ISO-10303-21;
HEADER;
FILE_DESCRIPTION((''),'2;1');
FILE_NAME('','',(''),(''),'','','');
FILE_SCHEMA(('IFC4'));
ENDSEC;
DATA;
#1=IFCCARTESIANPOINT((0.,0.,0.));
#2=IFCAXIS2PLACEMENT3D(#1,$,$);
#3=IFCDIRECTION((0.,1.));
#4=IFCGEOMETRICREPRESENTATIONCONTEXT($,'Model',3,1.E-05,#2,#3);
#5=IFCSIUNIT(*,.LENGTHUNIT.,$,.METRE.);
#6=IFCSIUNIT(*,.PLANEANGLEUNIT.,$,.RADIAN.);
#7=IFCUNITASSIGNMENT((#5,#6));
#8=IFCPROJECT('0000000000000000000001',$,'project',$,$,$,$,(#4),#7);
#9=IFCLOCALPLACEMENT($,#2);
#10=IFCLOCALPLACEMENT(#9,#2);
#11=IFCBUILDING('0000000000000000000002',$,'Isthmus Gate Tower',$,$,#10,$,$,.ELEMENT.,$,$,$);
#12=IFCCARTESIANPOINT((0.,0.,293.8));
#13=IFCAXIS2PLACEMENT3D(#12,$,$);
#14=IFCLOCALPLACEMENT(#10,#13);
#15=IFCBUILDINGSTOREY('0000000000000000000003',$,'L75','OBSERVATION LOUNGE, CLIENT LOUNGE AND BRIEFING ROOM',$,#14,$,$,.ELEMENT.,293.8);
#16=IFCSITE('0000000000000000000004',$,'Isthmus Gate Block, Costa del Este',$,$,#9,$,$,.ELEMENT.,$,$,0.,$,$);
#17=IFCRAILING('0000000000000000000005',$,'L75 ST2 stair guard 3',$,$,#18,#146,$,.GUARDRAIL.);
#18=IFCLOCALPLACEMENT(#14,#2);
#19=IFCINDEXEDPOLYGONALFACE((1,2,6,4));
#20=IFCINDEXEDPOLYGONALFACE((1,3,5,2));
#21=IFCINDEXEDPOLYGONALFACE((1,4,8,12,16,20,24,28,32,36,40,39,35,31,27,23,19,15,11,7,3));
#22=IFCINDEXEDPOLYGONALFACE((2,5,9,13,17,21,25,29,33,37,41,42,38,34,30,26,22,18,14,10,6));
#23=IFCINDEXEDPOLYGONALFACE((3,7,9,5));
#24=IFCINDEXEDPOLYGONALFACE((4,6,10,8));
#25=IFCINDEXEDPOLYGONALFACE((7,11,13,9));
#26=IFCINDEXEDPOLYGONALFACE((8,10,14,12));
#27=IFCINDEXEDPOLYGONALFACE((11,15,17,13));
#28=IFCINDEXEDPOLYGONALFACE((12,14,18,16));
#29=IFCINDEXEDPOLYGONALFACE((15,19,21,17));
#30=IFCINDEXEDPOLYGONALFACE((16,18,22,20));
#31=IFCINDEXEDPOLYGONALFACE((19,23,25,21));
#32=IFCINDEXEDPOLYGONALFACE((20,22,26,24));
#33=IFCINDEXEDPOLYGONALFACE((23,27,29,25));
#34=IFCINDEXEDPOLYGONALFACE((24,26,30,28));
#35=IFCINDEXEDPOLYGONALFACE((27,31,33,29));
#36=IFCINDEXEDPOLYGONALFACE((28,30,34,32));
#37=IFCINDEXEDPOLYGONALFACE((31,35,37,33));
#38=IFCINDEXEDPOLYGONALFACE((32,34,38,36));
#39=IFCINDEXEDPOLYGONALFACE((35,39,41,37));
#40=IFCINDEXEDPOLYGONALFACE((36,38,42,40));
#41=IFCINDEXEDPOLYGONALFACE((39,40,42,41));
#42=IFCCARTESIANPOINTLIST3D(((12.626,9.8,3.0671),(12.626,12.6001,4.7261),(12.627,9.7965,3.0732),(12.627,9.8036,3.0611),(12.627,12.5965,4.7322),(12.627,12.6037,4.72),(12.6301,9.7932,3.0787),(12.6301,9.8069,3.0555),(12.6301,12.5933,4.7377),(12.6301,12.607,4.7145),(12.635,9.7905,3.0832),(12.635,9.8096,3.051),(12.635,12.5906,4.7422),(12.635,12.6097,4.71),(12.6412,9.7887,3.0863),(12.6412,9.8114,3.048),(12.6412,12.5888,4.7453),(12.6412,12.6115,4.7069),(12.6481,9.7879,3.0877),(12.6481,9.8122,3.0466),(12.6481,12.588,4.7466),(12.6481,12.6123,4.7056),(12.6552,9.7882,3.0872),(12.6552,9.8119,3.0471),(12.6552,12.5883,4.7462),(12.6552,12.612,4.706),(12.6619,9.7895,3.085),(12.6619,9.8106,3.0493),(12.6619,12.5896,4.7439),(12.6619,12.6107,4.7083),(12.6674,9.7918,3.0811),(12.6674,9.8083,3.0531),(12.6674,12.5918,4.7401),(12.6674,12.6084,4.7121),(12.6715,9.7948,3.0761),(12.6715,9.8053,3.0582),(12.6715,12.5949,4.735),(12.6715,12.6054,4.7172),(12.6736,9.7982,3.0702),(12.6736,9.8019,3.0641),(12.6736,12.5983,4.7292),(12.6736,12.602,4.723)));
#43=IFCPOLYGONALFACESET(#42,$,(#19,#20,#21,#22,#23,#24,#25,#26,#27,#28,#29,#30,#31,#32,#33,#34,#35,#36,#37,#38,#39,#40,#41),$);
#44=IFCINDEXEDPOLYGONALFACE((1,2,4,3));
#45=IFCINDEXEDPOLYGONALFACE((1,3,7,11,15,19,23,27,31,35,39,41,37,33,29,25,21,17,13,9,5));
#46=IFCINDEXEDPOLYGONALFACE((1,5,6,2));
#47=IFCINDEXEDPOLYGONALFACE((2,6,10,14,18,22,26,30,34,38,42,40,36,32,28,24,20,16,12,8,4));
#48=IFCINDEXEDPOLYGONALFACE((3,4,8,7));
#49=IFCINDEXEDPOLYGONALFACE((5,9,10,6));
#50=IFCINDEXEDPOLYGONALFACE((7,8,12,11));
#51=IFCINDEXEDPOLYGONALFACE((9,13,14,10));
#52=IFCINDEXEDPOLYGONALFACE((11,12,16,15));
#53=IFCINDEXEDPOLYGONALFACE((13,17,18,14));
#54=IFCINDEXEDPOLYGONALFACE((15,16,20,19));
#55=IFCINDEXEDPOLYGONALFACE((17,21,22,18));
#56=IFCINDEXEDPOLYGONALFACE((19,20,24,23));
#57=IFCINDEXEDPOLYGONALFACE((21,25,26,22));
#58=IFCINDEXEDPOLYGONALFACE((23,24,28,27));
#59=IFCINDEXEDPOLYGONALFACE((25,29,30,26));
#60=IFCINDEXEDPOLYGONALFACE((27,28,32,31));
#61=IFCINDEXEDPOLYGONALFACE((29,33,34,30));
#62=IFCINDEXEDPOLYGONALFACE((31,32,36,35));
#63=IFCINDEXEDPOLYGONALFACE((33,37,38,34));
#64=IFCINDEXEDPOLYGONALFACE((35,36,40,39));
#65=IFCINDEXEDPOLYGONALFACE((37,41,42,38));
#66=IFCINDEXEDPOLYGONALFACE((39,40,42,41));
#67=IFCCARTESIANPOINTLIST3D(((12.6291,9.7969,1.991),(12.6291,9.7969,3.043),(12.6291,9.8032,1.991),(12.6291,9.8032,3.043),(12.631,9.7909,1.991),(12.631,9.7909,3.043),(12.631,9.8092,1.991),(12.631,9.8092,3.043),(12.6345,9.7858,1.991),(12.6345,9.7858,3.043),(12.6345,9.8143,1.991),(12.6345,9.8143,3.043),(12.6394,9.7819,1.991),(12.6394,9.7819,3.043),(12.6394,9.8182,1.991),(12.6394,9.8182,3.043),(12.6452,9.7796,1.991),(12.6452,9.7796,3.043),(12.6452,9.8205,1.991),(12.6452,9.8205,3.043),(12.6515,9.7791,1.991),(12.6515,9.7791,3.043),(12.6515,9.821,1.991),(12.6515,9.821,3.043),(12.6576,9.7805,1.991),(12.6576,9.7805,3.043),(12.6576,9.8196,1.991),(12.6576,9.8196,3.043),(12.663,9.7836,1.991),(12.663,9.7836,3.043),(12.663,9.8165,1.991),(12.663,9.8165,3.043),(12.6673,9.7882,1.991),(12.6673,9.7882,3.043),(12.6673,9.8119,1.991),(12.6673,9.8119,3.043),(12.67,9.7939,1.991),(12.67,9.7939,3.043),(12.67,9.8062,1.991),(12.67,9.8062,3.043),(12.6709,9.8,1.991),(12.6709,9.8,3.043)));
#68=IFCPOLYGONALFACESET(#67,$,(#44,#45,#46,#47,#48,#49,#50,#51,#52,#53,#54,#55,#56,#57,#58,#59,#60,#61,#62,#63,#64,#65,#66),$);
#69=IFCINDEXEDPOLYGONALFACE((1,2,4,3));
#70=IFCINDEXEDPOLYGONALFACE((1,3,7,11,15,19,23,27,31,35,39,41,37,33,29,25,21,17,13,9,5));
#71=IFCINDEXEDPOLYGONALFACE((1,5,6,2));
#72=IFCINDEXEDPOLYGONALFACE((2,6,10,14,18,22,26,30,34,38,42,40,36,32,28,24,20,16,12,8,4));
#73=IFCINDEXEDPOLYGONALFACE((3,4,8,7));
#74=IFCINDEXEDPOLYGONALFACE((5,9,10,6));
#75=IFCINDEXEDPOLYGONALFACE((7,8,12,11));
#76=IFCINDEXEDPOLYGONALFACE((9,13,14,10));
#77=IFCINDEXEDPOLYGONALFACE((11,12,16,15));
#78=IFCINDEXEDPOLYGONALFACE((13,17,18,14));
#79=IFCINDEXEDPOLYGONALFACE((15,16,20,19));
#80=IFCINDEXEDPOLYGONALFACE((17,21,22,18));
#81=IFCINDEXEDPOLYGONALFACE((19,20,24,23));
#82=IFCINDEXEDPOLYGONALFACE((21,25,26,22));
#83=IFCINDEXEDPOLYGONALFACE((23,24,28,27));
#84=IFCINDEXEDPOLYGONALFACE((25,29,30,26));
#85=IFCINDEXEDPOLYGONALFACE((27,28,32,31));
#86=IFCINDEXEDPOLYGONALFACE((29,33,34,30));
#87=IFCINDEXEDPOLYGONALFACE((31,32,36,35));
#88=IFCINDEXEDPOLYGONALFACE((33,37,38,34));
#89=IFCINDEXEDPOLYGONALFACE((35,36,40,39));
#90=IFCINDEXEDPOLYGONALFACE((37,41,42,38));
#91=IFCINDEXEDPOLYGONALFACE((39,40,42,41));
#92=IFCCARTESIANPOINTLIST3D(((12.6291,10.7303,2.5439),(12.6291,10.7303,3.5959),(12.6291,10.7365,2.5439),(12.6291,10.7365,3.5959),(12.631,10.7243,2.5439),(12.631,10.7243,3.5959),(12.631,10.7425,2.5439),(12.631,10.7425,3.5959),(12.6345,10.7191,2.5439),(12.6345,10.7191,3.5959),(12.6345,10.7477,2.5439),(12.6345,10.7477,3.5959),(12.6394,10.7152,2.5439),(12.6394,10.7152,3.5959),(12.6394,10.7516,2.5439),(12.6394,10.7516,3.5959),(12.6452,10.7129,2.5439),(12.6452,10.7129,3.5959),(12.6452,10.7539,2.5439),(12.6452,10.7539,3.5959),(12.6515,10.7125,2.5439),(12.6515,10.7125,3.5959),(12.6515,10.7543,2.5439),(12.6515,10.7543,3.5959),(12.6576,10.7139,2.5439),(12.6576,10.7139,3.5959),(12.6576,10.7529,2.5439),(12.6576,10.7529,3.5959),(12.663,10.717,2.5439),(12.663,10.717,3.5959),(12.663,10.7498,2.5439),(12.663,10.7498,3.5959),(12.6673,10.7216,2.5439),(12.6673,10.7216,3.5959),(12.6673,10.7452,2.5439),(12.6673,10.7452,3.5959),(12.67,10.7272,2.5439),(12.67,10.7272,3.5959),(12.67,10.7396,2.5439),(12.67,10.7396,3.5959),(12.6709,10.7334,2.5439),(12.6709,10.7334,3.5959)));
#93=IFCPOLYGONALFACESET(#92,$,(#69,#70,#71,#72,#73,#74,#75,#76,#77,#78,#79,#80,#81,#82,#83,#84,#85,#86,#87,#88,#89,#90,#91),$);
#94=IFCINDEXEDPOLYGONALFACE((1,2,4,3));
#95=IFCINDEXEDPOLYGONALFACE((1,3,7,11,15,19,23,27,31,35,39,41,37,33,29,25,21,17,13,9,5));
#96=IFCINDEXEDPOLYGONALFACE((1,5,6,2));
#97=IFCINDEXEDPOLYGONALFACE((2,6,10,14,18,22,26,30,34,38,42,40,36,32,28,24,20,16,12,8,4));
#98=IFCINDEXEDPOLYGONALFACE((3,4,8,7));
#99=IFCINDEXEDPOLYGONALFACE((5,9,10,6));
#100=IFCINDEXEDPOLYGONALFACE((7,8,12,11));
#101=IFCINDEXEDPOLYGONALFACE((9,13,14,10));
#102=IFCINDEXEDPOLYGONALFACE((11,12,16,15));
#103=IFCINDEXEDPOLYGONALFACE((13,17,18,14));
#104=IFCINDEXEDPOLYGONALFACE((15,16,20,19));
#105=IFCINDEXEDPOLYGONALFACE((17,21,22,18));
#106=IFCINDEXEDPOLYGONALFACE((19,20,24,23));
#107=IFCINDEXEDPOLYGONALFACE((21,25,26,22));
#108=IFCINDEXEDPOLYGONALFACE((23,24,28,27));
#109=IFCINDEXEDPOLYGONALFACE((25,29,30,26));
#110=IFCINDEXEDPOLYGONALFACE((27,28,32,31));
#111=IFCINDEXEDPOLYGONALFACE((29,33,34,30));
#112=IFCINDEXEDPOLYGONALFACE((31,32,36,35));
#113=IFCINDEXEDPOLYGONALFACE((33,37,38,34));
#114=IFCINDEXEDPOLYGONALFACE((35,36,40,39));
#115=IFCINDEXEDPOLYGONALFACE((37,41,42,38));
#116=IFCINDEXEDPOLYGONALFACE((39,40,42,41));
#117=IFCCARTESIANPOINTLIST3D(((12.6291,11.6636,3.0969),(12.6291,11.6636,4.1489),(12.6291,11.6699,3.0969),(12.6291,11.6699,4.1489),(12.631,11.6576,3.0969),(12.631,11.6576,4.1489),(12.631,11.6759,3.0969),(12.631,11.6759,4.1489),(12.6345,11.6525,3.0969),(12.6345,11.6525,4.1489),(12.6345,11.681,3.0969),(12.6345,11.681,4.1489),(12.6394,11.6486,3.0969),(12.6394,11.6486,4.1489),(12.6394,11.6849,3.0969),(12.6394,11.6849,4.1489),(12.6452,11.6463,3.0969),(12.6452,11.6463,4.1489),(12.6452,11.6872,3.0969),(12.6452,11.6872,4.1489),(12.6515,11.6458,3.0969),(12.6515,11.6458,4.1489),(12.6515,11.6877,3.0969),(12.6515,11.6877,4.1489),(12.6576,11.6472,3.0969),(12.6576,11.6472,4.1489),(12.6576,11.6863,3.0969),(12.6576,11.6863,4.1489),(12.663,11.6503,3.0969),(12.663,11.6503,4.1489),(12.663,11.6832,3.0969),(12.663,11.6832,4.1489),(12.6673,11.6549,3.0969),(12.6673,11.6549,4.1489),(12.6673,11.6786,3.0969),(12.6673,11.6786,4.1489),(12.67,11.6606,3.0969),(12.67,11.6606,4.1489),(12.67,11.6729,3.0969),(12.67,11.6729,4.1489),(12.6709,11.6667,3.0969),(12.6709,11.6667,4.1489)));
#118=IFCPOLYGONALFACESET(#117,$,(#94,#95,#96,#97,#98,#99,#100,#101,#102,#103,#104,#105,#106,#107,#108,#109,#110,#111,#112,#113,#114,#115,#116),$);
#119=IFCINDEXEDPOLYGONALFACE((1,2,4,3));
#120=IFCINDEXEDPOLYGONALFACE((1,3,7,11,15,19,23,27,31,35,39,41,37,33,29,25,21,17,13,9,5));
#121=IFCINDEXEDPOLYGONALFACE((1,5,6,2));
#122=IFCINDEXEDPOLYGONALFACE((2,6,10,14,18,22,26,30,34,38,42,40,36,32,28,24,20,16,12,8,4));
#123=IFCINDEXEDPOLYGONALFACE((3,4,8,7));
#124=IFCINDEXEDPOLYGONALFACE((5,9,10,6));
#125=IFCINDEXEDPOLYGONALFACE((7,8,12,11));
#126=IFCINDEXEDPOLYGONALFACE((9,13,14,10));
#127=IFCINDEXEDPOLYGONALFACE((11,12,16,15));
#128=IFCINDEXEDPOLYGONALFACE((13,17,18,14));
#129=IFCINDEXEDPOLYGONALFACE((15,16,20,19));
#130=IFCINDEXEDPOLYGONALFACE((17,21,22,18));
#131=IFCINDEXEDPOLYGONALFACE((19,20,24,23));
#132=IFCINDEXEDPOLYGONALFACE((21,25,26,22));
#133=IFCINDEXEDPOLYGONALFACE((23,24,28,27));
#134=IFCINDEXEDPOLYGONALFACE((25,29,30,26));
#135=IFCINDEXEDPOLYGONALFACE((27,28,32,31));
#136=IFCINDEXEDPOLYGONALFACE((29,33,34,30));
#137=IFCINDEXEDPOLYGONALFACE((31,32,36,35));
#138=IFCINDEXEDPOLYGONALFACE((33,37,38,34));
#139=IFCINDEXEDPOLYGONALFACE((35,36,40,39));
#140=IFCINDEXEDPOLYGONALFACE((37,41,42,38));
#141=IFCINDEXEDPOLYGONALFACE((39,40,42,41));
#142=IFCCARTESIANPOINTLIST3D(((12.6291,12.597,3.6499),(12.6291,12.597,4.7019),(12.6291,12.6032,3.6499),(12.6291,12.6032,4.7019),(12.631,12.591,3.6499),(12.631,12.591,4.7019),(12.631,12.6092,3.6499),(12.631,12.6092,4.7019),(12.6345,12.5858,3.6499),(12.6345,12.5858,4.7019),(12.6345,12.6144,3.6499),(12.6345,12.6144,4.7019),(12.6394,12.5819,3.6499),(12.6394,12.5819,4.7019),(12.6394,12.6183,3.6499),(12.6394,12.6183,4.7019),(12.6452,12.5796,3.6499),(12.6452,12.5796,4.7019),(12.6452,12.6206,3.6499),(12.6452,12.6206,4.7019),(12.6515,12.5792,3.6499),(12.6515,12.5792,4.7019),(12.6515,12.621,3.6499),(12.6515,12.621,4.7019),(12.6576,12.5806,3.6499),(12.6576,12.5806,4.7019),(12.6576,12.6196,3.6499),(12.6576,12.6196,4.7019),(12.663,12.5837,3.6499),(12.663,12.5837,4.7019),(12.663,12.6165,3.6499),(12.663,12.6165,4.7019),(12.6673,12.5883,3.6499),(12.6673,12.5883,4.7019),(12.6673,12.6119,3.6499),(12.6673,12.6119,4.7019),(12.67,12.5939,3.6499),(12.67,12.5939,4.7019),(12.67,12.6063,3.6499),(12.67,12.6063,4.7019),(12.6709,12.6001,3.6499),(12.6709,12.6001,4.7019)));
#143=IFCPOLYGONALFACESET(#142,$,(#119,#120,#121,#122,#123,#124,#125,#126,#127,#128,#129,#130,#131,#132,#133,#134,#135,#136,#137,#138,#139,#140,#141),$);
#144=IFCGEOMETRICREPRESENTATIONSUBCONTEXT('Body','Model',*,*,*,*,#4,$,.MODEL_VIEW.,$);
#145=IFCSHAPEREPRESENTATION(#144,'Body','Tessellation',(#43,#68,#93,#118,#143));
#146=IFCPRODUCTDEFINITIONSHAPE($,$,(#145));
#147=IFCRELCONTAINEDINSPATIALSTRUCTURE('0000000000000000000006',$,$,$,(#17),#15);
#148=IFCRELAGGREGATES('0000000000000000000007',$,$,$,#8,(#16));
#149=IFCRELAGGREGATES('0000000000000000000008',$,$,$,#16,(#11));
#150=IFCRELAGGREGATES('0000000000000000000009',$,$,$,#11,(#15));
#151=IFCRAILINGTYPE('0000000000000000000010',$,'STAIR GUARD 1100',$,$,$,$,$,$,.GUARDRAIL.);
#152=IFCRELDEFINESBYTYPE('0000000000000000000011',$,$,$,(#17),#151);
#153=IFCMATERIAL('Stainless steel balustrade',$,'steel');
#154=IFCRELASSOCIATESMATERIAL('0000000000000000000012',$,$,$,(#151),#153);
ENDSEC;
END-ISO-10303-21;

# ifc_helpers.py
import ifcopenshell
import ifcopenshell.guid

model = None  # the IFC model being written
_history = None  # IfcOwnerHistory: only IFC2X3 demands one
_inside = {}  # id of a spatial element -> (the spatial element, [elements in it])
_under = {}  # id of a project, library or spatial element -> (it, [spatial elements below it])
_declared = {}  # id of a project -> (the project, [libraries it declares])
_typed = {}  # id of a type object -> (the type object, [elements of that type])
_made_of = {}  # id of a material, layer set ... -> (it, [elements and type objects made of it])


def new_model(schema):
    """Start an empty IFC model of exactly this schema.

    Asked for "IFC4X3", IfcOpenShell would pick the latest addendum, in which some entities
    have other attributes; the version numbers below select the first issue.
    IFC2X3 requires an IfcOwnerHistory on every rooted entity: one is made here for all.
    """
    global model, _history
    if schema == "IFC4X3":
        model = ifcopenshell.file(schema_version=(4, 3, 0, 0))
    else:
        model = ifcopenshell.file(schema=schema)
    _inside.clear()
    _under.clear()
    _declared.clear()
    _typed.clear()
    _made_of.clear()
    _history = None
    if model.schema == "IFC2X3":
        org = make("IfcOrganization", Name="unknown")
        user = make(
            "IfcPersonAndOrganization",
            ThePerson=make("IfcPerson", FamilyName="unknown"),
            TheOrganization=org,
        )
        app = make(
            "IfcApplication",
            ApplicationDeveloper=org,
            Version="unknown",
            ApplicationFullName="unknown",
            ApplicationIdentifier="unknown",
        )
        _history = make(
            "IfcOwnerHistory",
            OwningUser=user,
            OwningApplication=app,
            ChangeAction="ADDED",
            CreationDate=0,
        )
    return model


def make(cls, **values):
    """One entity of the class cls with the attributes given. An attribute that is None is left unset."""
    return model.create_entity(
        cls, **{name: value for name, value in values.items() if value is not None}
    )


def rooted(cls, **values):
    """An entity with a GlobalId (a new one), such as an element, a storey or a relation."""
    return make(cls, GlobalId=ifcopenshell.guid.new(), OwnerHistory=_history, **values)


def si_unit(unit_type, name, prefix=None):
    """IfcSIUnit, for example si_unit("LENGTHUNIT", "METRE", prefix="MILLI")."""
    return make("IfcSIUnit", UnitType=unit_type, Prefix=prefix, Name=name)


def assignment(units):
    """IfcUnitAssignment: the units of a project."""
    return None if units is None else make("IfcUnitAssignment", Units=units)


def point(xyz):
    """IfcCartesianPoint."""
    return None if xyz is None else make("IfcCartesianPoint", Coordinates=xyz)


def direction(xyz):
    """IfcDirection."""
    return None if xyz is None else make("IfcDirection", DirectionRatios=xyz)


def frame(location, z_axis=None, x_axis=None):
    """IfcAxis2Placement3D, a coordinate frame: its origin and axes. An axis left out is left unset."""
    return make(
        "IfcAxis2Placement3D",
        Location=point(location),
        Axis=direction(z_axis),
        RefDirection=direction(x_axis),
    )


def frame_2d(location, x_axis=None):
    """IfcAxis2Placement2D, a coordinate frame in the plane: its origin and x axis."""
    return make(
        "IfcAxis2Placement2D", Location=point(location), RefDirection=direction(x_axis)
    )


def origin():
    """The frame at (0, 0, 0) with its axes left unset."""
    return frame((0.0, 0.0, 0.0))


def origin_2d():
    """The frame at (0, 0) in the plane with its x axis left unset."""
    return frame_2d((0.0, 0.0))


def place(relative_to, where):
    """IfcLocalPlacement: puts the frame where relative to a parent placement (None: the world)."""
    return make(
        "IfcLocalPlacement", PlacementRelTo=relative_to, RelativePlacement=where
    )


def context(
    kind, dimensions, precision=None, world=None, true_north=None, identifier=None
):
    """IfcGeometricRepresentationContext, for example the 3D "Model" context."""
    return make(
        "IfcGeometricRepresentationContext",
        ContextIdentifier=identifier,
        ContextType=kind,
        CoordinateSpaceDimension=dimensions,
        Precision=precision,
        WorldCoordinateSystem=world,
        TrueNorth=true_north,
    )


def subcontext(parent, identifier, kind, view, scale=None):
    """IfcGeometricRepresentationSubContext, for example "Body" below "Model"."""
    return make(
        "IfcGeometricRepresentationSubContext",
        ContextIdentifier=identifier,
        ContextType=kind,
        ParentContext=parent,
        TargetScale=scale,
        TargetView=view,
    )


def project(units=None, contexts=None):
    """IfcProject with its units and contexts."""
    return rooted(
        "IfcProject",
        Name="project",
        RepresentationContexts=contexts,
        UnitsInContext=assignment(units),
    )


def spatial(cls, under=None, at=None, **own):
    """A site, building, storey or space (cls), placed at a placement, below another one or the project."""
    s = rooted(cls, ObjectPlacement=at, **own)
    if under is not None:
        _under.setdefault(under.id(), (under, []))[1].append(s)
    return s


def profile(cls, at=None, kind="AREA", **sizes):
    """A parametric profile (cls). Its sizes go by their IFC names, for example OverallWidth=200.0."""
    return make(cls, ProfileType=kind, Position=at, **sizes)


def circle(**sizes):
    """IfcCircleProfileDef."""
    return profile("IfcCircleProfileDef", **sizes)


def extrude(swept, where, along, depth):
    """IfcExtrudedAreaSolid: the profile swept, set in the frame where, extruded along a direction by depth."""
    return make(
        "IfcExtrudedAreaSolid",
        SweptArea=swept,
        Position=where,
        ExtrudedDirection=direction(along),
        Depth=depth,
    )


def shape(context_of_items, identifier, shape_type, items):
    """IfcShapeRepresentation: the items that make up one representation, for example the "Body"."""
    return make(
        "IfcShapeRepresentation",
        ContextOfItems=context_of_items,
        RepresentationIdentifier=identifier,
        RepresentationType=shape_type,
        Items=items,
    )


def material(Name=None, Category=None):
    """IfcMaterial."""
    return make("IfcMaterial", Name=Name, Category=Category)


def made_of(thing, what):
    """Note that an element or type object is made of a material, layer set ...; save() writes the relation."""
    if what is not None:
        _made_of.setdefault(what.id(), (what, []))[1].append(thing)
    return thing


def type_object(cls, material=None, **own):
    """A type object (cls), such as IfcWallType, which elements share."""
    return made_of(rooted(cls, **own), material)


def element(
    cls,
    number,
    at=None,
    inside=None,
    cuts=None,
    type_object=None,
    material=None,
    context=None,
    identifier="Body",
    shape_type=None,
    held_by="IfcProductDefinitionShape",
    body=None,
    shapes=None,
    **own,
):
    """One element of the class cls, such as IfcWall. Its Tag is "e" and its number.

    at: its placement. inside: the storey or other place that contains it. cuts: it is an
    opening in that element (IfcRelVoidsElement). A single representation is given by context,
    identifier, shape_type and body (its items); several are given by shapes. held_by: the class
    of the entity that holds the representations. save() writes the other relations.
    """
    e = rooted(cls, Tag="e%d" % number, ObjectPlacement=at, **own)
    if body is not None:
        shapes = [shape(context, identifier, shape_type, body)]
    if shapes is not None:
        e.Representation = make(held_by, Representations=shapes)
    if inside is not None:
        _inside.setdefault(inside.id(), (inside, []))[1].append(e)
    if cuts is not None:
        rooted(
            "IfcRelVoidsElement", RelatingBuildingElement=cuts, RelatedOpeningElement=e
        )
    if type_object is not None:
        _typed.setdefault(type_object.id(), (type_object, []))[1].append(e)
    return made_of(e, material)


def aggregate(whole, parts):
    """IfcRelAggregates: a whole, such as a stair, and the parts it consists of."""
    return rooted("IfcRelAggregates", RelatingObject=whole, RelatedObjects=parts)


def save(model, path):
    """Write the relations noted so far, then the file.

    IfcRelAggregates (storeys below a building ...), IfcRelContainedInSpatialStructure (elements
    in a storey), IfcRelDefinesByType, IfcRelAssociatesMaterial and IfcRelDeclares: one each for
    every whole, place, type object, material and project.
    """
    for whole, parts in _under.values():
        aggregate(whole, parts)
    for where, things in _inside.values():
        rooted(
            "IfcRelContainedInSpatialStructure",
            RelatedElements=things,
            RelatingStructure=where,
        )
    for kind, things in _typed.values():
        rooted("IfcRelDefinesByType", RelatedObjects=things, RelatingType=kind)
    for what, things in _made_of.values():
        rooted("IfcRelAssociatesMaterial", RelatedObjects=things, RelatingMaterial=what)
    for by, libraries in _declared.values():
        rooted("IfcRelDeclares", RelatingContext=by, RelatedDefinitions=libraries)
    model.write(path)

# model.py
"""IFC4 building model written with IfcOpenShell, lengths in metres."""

from ifc_helpers import new_model, si_unit, direction, frame, origin, origin_2d, place, context, subcontext, project, spatial, circle, extrude, material, type_object, element, save


model = new_model("IFC4")

# Units and contexts
model_context = context("Model", 3, precision=1e-05, world=origin(), true_north=direction((0.0, 1.0)))
body_context = subcontext(model_context, "Body", "Model", "MODEL_VIEW")
ifc_project = project(units=[si_unit("LENGTHUNIT", "METRE"), si_unit("PLANEANGLEUNIT", "RADIAN")], contexts=[model_context])

# Site, building, storey
site_placement = place(None, origin())
site = spatial("IfcSite", under=ifc_project, at=site_placement, Name="Isthmus Gate Block, Costa del Este", CompositionType="ELEMENT", RefElevation=0.0)
building_placement = place(site_placement, origin())
building = spatial("IfcBuilding", under=site, at=building_placement, Name="Isthmus Gate Tower", CompositionType="ELEMENT")
storey_placement = place(building_placement, frame((0.0, 0.0, 293.8)))
storey = spatial("IfcBuildingStorey", under=building, at=storey_placement, Name="L75", Description="OBSERVATION LOUNGE, CLIENT LOUNGE AND BRIEFING ROOM", CompositionType="ELEMENT", Elevation=293.8)

# Railing
ifc_material_1 = material(Name="Stainless steel balustrade", Category="steel")
railing_type_1 = type_object("IfcRailingType", Name="STAIR GUARD 1100", PredefinedType="GUARDRAIL", material=ifc_material_1)
railing_1_placement = place(storey_placement, frame((12.6499, 9.8, 1.991)))
element("IfcRailing", 1, at=railing_1_placement, inside=storey, type_object=railing_type_1, Name="L75 ST2 stair guard 3", PredefinedType="GUARDRAIL", context=body_context, shape_type="SweptSolid", body=[
    extrude(circle(Radius=0.0239, at=origin_2d()), frame((0.0, 0.0, 1.0762), z_axis=(0.0, 0.860339, 0.509722), x_axis=(-1.0, 0.0, 0.0)), (0.0, 0.0, 1.0), 3.2546),
    extrude(circle(Radius=0.021, at=origin_2d()), origin(), (0.0, 0.0, 1.0), 1.052),
    extrude(circle(Radius=0.021, at=origin_2d()), frame((0.0, 0.9333, 0.553)), (0.0, 0.0, 1.0), 1.052),
    extrude(circle(Radius=0.021, at=origin_2d()), frame((0.0, 1.8667, 1.106)), (0.0, 0.0, 1.0), 1.052),
    extrude(circle(Radius=0.021, at=origin_2d()), frame((0.0, 2.8, 1.6589)), (0.0, 0.0, 1.0), 1.052),
])

save(model, "model.ifc")
